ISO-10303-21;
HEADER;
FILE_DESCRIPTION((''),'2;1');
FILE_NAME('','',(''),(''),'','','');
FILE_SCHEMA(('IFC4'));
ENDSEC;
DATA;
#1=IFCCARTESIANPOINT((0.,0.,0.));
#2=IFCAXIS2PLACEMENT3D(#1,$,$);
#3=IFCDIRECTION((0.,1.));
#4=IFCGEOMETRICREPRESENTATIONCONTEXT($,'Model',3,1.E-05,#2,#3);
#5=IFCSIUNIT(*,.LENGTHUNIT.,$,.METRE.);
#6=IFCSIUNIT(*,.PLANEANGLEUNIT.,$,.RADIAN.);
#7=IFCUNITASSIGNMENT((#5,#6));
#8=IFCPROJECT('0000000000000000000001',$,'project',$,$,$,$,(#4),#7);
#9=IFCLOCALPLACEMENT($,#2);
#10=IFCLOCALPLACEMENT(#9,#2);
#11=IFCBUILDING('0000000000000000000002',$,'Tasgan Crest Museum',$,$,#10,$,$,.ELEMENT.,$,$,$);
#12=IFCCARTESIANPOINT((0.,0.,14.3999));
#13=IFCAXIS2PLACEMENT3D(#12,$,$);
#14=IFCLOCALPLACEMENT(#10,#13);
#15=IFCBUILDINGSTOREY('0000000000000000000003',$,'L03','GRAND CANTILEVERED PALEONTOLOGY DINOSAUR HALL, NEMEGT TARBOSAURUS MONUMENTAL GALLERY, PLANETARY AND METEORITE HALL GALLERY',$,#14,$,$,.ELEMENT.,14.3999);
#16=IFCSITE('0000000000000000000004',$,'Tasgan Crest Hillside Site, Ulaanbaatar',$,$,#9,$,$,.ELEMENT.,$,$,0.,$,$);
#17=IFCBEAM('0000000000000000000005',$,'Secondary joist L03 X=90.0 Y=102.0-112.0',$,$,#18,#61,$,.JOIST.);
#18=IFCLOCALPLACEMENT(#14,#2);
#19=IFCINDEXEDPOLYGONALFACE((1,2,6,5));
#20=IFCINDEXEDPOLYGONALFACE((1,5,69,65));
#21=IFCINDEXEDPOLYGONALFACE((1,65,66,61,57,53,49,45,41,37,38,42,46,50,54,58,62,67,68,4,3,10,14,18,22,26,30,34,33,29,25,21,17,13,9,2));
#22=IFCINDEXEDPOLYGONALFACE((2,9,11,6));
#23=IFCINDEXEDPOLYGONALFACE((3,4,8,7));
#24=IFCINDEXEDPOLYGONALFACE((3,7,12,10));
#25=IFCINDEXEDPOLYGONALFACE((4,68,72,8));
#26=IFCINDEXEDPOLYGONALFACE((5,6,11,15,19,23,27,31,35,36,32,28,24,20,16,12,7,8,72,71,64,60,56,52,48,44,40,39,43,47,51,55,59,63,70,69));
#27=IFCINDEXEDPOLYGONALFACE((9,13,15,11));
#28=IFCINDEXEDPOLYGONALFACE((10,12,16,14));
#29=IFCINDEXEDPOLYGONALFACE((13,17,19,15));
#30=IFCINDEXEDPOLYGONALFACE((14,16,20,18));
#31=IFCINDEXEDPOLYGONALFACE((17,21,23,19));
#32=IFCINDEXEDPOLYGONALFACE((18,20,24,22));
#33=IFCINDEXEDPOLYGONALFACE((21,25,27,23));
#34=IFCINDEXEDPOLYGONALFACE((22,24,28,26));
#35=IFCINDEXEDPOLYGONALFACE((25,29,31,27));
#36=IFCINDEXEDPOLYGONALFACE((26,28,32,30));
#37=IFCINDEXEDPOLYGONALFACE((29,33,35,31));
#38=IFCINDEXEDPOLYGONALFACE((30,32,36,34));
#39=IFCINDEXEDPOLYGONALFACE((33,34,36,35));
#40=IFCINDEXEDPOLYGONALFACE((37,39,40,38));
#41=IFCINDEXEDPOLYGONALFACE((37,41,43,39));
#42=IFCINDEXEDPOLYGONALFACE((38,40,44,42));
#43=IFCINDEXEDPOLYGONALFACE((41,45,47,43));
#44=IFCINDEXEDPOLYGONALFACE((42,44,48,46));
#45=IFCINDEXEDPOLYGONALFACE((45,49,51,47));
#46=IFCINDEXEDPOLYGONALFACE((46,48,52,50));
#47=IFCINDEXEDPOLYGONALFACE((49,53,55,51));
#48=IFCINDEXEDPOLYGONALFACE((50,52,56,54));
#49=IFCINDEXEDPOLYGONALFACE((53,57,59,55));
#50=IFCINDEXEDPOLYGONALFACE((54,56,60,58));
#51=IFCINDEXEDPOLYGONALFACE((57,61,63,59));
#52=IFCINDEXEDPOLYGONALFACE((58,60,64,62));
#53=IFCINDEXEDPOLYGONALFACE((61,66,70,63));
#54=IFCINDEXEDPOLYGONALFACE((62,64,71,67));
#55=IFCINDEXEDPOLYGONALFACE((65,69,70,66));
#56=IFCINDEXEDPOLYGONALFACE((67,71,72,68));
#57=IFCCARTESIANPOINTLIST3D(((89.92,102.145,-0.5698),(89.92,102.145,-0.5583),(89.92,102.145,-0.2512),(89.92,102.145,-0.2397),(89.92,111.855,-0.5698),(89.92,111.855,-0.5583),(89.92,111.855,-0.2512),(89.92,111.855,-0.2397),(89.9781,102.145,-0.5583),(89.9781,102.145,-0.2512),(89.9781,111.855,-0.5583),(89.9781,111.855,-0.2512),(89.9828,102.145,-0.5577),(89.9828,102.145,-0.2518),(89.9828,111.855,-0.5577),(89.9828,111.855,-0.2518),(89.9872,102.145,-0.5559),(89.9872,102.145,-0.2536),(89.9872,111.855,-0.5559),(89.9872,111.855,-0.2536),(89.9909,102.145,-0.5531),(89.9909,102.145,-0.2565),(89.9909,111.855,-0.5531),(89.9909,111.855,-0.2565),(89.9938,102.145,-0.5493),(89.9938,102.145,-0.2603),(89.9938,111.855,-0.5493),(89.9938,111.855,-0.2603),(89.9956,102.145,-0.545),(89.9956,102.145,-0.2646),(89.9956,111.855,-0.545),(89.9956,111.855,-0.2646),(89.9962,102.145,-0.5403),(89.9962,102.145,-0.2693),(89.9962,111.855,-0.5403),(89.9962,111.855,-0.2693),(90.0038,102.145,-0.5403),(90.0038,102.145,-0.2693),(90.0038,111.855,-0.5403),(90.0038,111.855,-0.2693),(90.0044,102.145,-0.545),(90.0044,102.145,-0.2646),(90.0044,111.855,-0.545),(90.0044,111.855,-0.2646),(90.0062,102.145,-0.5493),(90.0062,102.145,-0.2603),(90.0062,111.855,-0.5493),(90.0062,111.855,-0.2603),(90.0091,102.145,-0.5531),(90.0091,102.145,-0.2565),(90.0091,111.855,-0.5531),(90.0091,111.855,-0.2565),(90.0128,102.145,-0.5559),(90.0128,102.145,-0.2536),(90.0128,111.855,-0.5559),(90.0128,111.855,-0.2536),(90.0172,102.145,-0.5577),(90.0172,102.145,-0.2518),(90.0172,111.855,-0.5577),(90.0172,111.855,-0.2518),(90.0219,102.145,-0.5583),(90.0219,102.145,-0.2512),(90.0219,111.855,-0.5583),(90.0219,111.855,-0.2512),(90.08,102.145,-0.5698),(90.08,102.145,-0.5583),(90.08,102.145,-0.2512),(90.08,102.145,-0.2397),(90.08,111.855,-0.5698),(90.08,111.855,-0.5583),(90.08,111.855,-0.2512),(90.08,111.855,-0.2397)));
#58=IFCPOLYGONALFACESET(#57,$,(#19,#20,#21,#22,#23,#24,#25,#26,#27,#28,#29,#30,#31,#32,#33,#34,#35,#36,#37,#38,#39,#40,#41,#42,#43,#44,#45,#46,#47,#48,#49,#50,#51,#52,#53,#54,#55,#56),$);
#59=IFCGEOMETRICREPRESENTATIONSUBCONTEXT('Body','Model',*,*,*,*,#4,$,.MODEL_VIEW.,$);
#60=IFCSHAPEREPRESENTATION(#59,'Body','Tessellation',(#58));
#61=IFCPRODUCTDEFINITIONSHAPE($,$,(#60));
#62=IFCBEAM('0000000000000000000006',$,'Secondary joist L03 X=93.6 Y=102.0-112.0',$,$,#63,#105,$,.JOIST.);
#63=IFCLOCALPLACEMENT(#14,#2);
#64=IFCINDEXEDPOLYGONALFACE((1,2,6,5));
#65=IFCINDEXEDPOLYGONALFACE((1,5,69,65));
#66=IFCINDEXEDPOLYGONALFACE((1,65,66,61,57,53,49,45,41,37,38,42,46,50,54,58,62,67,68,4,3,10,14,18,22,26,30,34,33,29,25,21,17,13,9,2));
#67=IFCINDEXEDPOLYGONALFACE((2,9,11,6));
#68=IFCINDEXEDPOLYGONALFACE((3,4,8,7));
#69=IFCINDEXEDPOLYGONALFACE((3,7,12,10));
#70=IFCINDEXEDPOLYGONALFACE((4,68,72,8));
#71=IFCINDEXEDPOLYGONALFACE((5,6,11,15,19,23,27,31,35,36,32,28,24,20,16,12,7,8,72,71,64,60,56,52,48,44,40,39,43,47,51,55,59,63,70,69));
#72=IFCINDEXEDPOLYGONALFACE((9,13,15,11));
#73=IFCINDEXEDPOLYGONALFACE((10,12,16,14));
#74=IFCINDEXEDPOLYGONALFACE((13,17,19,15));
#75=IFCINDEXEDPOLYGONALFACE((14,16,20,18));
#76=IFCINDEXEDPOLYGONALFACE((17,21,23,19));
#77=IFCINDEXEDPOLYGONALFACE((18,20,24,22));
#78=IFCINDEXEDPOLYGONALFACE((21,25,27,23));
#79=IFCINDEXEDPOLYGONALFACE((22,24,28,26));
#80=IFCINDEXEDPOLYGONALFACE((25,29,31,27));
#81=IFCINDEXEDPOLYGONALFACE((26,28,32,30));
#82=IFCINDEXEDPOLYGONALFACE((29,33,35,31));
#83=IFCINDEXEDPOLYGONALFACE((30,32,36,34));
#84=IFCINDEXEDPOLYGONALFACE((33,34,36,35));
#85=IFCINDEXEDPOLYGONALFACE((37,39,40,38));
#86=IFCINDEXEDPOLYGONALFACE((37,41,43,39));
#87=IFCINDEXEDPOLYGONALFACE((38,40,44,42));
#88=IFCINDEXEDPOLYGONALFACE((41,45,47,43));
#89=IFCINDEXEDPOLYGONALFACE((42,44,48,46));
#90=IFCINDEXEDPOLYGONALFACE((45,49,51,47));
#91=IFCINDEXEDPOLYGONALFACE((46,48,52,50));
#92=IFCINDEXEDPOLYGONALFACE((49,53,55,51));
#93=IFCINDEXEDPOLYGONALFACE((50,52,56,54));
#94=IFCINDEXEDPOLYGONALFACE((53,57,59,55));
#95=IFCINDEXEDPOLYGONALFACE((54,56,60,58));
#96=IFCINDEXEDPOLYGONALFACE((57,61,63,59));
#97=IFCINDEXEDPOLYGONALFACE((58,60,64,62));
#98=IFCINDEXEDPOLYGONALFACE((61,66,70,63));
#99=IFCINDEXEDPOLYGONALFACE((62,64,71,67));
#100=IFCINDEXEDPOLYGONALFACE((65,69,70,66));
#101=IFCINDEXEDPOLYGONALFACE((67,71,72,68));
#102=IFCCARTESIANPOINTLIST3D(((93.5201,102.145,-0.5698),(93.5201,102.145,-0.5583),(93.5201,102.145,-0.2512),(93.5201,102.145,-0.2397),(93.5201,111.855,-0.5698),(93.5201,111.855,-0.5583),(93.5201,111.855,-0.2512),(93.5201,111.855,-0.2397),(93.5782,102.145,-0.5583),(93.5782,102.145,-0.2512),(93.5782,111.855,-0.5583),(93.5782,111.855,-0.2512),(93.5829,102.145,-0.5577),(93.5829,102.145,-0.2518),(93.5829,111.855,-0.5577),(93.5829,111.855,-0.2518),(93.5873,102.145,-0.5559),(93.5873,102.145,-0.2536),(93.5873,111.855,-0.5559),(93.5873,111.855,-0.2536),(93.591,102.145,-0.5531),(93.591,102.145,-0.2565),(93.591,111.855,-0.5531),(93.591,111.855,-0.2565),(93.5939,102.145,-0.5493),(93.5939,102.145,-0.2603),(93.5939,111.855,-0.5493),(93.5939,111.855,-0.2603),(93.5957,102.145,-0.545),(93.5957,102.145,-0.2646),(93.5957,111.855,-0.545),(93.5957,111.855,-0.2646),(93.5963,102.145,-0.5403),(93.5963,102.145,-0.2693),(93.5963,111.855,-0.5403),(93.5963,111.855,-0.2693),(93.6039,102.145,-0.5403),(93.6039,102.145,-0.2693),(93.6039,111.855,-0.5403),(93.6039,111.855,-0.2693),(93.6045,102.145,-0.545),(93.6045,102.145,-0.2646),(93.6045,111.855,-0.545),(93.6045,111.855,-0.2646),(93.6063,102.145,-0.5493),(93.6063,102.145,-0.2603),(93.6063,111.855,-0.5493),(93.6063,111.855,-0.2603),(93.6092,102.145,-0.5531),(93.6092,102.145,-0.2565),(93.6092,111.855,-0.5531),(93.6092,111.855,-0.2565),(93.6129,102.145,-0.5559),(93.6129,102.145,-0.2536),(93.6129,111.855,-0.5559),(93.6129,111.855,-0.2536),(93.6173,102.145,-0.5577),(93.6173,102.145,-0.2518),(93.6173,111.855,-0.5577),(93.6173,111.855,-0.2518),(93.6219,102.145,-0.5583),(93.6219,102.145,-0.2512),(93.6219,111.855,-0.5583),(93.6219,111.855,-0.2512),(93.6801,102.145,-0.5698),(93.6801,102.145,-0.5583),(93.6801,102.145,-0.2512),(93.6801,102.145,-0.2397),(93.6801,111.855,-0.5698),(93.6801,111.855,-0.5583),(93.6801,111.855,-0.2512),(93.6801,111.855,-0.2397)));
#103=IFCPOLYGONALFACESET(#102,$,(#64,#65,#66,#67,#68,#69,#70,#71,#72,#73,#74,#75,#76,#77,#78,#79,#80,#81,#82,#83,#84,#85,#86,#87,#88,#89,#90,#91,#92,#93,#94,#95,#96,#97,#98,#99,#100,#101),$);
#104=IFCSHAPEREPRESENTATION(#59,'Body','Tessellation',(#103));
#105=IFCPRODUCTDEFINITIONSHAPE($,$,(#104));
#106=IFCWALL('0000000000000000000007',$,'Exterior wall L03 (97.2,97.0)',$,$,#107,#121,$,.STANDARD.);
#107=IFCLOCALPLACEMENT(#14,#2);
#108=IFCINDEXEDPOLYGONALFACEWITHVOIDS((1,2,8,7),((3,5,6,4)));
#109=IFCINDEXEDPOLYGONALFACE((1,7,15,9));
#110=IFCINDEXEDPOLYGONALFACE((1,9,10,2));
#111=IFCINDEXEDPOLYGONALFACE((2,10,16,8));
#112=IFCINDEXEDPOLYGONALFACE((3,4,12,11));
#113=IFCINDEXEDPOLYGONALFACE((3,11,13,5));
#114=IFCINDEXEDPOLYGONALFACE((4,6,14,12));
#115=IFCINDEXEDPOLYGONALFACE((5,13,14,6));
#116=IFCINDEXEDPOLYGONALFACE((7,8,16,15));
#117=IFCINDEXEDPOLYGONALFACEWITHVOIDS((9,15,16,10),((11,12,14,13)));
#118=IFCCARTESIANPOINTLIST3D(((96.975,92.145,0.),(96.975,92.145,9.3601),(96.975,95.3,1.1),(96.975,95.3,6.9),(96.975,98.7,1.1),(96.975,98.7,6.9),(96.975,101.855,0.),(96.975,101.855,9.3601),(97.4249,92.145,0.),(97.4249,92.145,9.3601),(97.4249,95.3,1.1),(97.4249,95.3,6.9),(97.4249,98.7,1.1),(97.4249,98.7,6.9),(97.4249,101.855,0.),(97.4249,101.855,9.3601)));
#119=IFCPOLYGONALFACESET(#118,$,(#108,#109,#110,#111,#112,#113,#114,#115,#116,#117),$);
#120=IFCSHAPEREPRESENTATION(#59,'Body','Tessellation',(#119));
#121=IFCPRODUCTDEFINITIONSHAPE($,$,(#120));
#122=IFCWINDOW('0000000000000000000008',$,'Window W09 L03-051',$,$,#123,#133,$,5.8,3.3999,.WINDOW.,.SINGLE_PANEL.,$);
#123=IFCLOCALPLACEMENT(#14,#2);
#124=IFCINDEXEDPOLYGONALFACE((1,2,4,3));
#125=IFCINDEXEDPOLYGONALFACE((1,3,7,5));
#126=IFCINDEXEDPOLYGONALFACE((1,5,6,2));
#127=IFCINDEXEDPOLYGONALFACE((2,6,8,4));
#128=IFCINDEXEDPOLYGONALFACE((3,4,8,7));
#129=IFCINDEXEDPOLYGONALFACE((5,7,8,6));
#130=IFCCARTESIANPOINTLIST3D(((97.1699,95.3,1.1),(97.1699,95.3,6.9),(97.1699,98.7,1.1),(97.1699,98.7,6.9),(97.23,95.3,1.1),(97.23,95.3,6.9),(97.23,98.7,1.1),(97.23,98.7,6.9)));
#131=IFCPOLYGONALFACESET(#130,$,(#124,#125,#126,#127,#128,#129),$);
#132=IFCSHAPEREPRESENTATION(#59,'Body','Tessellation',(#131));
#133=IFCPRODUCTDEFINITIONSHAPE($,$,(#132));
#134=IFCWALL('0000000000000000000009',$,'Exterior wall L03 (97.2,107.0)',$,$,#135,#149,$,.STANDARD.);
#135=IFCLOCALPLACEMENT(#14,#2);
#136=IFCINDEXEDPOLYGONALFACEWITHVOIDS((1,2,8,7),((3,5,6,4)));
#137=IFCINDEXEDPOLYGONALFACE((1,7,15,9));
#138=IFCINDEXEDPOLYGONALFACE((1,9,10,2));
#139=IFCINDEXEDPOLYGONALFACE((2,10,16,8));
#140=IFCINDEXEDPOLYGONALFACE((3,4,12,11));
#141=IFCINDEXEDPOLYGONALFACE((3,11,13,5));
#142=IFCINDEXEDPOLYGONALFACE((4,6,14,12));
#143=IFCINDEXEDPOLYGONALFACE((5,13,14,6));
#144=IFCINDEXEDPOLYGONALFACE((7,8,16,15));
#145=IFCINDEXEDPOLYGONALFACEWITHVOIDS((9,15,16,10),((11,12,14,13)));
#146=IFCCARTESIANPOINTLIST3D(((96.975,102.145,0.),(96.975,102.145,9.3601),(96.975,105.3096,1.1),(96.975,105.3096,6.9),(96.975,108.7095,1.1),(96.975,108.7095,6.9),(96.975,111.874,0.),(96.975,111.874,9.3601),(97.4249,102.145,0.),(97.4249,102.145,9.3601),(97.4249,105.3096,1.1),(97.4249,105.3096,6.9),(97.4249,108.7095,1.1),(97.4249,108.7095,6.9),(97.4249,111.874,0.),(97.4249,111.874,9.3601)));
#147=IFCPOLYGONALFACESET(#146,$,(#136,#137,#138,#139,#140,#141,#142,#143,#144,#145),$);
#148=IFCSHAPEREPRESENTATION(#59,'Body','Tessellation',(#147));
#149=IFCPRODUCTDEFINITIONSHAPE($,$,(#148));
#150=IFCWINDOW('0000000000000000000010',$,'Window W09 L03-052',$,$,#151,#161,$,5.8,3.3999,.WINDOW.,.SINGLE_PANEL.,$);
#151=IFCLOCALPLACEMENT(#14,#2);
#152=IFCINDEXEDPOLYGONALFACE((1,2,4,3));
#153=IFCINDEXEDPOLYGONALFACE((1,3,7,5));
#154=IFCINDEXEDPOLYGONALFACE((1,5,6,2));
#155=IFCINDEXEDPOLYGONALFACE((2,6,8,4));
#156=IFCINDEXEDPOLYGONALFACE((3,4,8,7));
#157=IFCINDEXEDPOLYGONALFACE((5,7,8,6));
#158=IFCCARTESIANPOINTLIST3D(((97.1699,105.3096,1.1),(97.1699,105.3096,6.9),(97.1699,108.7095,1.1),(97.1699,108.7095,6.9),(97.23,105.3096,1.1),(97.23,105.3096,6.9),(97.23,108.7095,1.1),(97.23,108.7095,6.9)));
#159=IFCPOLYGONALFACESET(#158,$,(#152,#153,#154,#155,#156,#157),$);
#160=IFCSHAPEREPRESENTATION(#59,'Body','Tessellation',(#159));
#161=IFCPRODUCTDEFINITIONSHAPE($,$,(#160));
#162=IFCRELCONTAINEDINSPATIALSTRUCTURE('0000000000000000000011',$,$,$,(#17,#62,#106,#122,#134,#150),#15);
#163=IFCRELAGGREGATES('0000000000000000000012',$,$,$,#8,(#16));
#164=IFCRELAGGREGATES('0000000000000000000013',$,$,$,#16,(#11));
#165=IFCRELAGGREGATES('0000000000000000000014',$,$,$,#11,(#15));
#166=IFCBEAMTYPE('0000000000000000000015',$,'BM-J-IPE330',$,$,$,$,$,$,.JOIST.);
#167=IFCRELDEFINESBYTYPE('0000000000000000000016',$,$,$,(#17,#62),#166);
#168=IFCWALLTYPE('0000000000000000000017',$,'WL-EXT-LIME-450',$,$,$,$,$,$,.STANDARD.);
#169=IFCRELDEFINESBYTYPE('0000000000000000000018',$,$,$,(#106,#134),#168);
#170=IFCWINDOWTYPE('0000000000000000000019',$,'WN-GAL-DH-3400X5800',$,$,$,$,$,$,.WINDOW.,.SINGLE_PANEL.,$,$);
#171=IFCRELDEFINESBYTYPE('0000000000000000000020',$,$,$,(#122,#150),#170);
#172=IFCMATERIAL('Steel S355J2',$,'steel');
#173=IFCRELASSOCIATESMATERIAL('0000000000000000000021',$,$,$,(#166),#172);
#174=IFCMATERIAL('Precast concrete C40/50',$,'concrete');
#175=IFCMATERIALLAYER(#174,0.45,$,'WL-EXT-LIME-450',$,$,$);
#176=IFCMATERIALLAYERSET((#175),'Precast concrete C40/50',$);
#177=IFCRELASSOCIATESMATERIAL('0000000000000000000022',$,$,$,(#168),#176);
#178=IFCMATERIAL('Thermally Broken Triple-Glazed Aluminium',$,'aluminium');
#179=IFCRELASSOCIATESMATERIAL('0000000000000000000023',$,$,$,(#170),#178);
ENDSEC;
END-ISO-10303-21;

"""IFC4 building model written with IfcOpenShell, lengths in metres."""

from ifc_helpers import new_model, si_unit, direction, frame, frame_2d, origin, origin_2d, place, context, subcontext, project, spatial, rectangle, i_section, extrude, material, layer, layer_set, material_profile, profile_set, type_object, element, fill, save


model = new_model("IFC4")

# Units and contexts
model_context = context("Model", 3, precision=1e-05, world=origin(), true_north=direction((0.0, 1.0)))
body_context = subcontext(model_context, "Body", "Model", "MODEL_VIEW")
ifc_project = project(units=[si_unit("LENGTHUNIT", "METRE"), si_unit("PLANEANGLEUNIT", "RADIAN")], contexts=[model_context])

# Site, building, storey
site_placement = place(None, origin())
site = spatial("IfcSite", under=ifc_project, at=site_placement, Name="Tasgan Crest Hillside Site, Ulaanbaatar", CompositionType="ELEMENT", RefElevation=0.0)
building_placement = place(site_placement, origin())
building = spatial("IfcBuilding", under=site, at=building_placement, Name="Tasgan Crest Museum", CompositionType="ELEMENT")
storey_placement = place(building_placement, frame((0.0, 0.0, 14.3999)))
storey = spatial("IfcBuildingStorey", under=building, at=storey_placement, Name="L03", Description="GRAND CANTILEVERED PALEONTOLOGY DINOSAUR HALL, NEMEGT TARBOSAURUS MONUMENTAL GALLERY, PLANETARY AND METEORITE HALL GALLERY", CompositionType="ELEMENT", Elevation=14.3999)

# Beams
ifc_material_1 = material(Name="Steel S355J2", Category="steel")
ifc_material_profile_1 = material_profile(ifc_material_1, i_section(OverallWidth=0.1599, OverallDepth=0.3301, WebThickness=0.0076, FlangeThickness=0.0115, FilletRadius=0.0181, at=origin_2d()), Name="IPE 330")
ifc_profile_set_1 = profile_set([ifc_material_profile_1], Name="Steel S355J2")
beam_type_1 = type_object("IfcBeamType", Name="BM-J-IPE330", PredefinedType="JOIST", material=ifc_profile_set_1)
for number, where, z_axis, x_axis, name in (
    (1, (90.0, 102.145, -0.4048), (0.0, 1.0, 0.0), (-1.0, 0.0, 0.0), "Secondary joist L03 X=90.0 Y=102.0-112.0"),
    (2, (93.6001, 102.145, -0.4048), (0.0, 1.0, 0.0), (-1.0, 0.0, 0.0), "Secondary joist L03 X=93.6 Y=102.0-112.0"),
):
    element("IfcBeam", number, at=place(storey_placement, frame(where, z_axis=z_axis, x_axis=x_axis)), inside=storey, type_object=beam_type_1, Name=name, PredefinedType="JOIST", context=body_context, shape_type="SweptSolid", body=[
        extrude(i_section(OverallWidth=0.1599, OverallDepth=0.3301, WebThickness=0.0076, FlangeThickness=0.0115, FilletRadius=0.0181, at=origin_2d()), origin(), (0.0, 0.0, 1.0), 9.71),
    ])

# Walls, openings, windows
ifc_material_2 = material(Name="Precast concrete C40/50", Category="concrete")
ifc_layer_1 = layer(ifc_material_2, 0.45, Name="WL-EXT-LIME-450")
ifc_layer_set_1 = layer_set([ifc_layer_1], Name="Precast concrete C40/50")
wall_type_1 = type_object("IfcWallType", Name="WL-EXT-LIME-450", PredefinedType="STANDARD", material=ifc_layer_set_1)
wall_1_placement = place(storey_placement, frame((97.2, 92.145, 0.0), z_axis=(0.0, 0.0, 1.0), x_axis=(0.0, 1.0, 0.0)))
wall_1 = element("IfcWall", 3, at=wall_1_placement, inside=storey, type_object=wall_type_1, Name="Exterior wall L03 (97.2,97.0)", PredefinedType="STANDARD", context=body_context, shape_type="SweptSolid", body=[
    extrude(rectangle(XDim=9.71, YDim=0.45, at=frame_2d((4.855, 0.0))), origin(), (0.0, 0.0, 1.0), 9.3601),
])
opening_1_placement = place(wall_1_placement, frame((3.155, 0.0, 1.1001)))
opening_1 = element("IfcOpeningElement", 4, at=opening_1_placement, cuts=wall_1, PredefinedType="OPENING", context=body_context, shape_type="SweptSolid", body=[
    extrude(rectangle(XDim=3.3999, YDim=5.8, at=frame_2d((1.7, 2.8999))), frame((0.0, 0.2349, 0.0), z_axis=(0.0, -1.0, 0.0), x_axis=(1.0, 0.0, 0.0)), (0.0, 0.0, 1.0), 0.47),
])
ifc_material_3 = material(Name="Thermally Broken Triple-Glazed Aluminium", Category="aluminium")
window_type = type_object("IfcWindowType", Name="WN-GAL-DH-3400X5800", PartitioningType="SINGLE_PANEL", PredefinedType="WINDOW", material=ifc_material_3)
window_1_placement = place(opening_1_placement, origin())
window_1 = element("IfcWindow", 5, at=window_1_placement, inside=storey, type_object=window_type, Name="Window W09 L03-051", OverallHeight=5.8, OverallWidth=3.3999, PartitioningType="SINGLE_PANEL", PredefinedType="WINDOW", context=body_context, shape_type="SweptSolid", body=[
    extrude(rectangle(XDim=3.3999, YDim=5.8, at=frame_2d((1.7, 2.8999))), frame((0.0, 0.03, 0.0), z_axis=(0.0, -1.0, 0.0), x_axis=(1.0, 0.0, 0.0)), (0.0, 0.0, 1.0), 0.0601),
])
fill(opening_1, window_1)
wall_2_placement = place(storey_placement, frame((97.2, 102.145, 0.0), z_axis=(0.0, 0.0, 1.0), x_axis=(0.0, 1.0, 0.0)))
wall_2 = element("IfcWall", 6, at=wall_2_placement, inside=storey, type_object=wall_type_1, Name="Exterior wall L03 (97.2,107.0)", PredefinedType="STANDARD", context=body_context, shape_type="SweptSolid", body=[
    extrude(rectangle(XDim=9.729, YDim=0.45, at=frame_2d((4.8645, 0.0))), origin(), (0.0, 0.0, 1.0), 9.3601),
])
opening_2_placement = place(wall_2_placement, frame((3.1646, 0.0, 1.1001)))
opening_2 = element("IfcOpeningElement", 7, at=opening_2_placement, cuts=wall_2, PredefinedType="OPENING", context=body_context, shape_type="SweptSolid", body=[
    extrude(rectangle(XDim=3.3999, YDim=5.8, at=frame_2d((1.7, 2.8999))), frame((0.0, 0.2349, 0.0), z_axis=(0.0, -1.0, 0.0), x_axis=(1.0, 0.0, 0.0)), (0.0, 0.0, 1.0), 0.47),
])
window_2_placement = place(opening_2_placement, origin())
window_2 = element("IfcWindow", 8, at=window_2_placement, inside=storey, type_object=window_type, Name="Window W09 L03-052", OverallHeight=5.8, OverallWidth=3.3999, PartitioningType="SINGLE_PANEL", PredefinedType="WINDOW", context=body_context, shape_type="SweptSolid", body=[
    extrude(rectangle(XDim=3.3999, YDim=5.8, at=frame_2d((1.7, 2.8999))), frame((0.0, 0.03, 0.0), z_axis=(0.0, -1.0, 0.0), x_axis=(1.0, 0.0, 0.0)), (0.0, 0.0, 1.0), 0.0601),
])
fill(opening_2, window_2)

save(model, "model.ifc")
